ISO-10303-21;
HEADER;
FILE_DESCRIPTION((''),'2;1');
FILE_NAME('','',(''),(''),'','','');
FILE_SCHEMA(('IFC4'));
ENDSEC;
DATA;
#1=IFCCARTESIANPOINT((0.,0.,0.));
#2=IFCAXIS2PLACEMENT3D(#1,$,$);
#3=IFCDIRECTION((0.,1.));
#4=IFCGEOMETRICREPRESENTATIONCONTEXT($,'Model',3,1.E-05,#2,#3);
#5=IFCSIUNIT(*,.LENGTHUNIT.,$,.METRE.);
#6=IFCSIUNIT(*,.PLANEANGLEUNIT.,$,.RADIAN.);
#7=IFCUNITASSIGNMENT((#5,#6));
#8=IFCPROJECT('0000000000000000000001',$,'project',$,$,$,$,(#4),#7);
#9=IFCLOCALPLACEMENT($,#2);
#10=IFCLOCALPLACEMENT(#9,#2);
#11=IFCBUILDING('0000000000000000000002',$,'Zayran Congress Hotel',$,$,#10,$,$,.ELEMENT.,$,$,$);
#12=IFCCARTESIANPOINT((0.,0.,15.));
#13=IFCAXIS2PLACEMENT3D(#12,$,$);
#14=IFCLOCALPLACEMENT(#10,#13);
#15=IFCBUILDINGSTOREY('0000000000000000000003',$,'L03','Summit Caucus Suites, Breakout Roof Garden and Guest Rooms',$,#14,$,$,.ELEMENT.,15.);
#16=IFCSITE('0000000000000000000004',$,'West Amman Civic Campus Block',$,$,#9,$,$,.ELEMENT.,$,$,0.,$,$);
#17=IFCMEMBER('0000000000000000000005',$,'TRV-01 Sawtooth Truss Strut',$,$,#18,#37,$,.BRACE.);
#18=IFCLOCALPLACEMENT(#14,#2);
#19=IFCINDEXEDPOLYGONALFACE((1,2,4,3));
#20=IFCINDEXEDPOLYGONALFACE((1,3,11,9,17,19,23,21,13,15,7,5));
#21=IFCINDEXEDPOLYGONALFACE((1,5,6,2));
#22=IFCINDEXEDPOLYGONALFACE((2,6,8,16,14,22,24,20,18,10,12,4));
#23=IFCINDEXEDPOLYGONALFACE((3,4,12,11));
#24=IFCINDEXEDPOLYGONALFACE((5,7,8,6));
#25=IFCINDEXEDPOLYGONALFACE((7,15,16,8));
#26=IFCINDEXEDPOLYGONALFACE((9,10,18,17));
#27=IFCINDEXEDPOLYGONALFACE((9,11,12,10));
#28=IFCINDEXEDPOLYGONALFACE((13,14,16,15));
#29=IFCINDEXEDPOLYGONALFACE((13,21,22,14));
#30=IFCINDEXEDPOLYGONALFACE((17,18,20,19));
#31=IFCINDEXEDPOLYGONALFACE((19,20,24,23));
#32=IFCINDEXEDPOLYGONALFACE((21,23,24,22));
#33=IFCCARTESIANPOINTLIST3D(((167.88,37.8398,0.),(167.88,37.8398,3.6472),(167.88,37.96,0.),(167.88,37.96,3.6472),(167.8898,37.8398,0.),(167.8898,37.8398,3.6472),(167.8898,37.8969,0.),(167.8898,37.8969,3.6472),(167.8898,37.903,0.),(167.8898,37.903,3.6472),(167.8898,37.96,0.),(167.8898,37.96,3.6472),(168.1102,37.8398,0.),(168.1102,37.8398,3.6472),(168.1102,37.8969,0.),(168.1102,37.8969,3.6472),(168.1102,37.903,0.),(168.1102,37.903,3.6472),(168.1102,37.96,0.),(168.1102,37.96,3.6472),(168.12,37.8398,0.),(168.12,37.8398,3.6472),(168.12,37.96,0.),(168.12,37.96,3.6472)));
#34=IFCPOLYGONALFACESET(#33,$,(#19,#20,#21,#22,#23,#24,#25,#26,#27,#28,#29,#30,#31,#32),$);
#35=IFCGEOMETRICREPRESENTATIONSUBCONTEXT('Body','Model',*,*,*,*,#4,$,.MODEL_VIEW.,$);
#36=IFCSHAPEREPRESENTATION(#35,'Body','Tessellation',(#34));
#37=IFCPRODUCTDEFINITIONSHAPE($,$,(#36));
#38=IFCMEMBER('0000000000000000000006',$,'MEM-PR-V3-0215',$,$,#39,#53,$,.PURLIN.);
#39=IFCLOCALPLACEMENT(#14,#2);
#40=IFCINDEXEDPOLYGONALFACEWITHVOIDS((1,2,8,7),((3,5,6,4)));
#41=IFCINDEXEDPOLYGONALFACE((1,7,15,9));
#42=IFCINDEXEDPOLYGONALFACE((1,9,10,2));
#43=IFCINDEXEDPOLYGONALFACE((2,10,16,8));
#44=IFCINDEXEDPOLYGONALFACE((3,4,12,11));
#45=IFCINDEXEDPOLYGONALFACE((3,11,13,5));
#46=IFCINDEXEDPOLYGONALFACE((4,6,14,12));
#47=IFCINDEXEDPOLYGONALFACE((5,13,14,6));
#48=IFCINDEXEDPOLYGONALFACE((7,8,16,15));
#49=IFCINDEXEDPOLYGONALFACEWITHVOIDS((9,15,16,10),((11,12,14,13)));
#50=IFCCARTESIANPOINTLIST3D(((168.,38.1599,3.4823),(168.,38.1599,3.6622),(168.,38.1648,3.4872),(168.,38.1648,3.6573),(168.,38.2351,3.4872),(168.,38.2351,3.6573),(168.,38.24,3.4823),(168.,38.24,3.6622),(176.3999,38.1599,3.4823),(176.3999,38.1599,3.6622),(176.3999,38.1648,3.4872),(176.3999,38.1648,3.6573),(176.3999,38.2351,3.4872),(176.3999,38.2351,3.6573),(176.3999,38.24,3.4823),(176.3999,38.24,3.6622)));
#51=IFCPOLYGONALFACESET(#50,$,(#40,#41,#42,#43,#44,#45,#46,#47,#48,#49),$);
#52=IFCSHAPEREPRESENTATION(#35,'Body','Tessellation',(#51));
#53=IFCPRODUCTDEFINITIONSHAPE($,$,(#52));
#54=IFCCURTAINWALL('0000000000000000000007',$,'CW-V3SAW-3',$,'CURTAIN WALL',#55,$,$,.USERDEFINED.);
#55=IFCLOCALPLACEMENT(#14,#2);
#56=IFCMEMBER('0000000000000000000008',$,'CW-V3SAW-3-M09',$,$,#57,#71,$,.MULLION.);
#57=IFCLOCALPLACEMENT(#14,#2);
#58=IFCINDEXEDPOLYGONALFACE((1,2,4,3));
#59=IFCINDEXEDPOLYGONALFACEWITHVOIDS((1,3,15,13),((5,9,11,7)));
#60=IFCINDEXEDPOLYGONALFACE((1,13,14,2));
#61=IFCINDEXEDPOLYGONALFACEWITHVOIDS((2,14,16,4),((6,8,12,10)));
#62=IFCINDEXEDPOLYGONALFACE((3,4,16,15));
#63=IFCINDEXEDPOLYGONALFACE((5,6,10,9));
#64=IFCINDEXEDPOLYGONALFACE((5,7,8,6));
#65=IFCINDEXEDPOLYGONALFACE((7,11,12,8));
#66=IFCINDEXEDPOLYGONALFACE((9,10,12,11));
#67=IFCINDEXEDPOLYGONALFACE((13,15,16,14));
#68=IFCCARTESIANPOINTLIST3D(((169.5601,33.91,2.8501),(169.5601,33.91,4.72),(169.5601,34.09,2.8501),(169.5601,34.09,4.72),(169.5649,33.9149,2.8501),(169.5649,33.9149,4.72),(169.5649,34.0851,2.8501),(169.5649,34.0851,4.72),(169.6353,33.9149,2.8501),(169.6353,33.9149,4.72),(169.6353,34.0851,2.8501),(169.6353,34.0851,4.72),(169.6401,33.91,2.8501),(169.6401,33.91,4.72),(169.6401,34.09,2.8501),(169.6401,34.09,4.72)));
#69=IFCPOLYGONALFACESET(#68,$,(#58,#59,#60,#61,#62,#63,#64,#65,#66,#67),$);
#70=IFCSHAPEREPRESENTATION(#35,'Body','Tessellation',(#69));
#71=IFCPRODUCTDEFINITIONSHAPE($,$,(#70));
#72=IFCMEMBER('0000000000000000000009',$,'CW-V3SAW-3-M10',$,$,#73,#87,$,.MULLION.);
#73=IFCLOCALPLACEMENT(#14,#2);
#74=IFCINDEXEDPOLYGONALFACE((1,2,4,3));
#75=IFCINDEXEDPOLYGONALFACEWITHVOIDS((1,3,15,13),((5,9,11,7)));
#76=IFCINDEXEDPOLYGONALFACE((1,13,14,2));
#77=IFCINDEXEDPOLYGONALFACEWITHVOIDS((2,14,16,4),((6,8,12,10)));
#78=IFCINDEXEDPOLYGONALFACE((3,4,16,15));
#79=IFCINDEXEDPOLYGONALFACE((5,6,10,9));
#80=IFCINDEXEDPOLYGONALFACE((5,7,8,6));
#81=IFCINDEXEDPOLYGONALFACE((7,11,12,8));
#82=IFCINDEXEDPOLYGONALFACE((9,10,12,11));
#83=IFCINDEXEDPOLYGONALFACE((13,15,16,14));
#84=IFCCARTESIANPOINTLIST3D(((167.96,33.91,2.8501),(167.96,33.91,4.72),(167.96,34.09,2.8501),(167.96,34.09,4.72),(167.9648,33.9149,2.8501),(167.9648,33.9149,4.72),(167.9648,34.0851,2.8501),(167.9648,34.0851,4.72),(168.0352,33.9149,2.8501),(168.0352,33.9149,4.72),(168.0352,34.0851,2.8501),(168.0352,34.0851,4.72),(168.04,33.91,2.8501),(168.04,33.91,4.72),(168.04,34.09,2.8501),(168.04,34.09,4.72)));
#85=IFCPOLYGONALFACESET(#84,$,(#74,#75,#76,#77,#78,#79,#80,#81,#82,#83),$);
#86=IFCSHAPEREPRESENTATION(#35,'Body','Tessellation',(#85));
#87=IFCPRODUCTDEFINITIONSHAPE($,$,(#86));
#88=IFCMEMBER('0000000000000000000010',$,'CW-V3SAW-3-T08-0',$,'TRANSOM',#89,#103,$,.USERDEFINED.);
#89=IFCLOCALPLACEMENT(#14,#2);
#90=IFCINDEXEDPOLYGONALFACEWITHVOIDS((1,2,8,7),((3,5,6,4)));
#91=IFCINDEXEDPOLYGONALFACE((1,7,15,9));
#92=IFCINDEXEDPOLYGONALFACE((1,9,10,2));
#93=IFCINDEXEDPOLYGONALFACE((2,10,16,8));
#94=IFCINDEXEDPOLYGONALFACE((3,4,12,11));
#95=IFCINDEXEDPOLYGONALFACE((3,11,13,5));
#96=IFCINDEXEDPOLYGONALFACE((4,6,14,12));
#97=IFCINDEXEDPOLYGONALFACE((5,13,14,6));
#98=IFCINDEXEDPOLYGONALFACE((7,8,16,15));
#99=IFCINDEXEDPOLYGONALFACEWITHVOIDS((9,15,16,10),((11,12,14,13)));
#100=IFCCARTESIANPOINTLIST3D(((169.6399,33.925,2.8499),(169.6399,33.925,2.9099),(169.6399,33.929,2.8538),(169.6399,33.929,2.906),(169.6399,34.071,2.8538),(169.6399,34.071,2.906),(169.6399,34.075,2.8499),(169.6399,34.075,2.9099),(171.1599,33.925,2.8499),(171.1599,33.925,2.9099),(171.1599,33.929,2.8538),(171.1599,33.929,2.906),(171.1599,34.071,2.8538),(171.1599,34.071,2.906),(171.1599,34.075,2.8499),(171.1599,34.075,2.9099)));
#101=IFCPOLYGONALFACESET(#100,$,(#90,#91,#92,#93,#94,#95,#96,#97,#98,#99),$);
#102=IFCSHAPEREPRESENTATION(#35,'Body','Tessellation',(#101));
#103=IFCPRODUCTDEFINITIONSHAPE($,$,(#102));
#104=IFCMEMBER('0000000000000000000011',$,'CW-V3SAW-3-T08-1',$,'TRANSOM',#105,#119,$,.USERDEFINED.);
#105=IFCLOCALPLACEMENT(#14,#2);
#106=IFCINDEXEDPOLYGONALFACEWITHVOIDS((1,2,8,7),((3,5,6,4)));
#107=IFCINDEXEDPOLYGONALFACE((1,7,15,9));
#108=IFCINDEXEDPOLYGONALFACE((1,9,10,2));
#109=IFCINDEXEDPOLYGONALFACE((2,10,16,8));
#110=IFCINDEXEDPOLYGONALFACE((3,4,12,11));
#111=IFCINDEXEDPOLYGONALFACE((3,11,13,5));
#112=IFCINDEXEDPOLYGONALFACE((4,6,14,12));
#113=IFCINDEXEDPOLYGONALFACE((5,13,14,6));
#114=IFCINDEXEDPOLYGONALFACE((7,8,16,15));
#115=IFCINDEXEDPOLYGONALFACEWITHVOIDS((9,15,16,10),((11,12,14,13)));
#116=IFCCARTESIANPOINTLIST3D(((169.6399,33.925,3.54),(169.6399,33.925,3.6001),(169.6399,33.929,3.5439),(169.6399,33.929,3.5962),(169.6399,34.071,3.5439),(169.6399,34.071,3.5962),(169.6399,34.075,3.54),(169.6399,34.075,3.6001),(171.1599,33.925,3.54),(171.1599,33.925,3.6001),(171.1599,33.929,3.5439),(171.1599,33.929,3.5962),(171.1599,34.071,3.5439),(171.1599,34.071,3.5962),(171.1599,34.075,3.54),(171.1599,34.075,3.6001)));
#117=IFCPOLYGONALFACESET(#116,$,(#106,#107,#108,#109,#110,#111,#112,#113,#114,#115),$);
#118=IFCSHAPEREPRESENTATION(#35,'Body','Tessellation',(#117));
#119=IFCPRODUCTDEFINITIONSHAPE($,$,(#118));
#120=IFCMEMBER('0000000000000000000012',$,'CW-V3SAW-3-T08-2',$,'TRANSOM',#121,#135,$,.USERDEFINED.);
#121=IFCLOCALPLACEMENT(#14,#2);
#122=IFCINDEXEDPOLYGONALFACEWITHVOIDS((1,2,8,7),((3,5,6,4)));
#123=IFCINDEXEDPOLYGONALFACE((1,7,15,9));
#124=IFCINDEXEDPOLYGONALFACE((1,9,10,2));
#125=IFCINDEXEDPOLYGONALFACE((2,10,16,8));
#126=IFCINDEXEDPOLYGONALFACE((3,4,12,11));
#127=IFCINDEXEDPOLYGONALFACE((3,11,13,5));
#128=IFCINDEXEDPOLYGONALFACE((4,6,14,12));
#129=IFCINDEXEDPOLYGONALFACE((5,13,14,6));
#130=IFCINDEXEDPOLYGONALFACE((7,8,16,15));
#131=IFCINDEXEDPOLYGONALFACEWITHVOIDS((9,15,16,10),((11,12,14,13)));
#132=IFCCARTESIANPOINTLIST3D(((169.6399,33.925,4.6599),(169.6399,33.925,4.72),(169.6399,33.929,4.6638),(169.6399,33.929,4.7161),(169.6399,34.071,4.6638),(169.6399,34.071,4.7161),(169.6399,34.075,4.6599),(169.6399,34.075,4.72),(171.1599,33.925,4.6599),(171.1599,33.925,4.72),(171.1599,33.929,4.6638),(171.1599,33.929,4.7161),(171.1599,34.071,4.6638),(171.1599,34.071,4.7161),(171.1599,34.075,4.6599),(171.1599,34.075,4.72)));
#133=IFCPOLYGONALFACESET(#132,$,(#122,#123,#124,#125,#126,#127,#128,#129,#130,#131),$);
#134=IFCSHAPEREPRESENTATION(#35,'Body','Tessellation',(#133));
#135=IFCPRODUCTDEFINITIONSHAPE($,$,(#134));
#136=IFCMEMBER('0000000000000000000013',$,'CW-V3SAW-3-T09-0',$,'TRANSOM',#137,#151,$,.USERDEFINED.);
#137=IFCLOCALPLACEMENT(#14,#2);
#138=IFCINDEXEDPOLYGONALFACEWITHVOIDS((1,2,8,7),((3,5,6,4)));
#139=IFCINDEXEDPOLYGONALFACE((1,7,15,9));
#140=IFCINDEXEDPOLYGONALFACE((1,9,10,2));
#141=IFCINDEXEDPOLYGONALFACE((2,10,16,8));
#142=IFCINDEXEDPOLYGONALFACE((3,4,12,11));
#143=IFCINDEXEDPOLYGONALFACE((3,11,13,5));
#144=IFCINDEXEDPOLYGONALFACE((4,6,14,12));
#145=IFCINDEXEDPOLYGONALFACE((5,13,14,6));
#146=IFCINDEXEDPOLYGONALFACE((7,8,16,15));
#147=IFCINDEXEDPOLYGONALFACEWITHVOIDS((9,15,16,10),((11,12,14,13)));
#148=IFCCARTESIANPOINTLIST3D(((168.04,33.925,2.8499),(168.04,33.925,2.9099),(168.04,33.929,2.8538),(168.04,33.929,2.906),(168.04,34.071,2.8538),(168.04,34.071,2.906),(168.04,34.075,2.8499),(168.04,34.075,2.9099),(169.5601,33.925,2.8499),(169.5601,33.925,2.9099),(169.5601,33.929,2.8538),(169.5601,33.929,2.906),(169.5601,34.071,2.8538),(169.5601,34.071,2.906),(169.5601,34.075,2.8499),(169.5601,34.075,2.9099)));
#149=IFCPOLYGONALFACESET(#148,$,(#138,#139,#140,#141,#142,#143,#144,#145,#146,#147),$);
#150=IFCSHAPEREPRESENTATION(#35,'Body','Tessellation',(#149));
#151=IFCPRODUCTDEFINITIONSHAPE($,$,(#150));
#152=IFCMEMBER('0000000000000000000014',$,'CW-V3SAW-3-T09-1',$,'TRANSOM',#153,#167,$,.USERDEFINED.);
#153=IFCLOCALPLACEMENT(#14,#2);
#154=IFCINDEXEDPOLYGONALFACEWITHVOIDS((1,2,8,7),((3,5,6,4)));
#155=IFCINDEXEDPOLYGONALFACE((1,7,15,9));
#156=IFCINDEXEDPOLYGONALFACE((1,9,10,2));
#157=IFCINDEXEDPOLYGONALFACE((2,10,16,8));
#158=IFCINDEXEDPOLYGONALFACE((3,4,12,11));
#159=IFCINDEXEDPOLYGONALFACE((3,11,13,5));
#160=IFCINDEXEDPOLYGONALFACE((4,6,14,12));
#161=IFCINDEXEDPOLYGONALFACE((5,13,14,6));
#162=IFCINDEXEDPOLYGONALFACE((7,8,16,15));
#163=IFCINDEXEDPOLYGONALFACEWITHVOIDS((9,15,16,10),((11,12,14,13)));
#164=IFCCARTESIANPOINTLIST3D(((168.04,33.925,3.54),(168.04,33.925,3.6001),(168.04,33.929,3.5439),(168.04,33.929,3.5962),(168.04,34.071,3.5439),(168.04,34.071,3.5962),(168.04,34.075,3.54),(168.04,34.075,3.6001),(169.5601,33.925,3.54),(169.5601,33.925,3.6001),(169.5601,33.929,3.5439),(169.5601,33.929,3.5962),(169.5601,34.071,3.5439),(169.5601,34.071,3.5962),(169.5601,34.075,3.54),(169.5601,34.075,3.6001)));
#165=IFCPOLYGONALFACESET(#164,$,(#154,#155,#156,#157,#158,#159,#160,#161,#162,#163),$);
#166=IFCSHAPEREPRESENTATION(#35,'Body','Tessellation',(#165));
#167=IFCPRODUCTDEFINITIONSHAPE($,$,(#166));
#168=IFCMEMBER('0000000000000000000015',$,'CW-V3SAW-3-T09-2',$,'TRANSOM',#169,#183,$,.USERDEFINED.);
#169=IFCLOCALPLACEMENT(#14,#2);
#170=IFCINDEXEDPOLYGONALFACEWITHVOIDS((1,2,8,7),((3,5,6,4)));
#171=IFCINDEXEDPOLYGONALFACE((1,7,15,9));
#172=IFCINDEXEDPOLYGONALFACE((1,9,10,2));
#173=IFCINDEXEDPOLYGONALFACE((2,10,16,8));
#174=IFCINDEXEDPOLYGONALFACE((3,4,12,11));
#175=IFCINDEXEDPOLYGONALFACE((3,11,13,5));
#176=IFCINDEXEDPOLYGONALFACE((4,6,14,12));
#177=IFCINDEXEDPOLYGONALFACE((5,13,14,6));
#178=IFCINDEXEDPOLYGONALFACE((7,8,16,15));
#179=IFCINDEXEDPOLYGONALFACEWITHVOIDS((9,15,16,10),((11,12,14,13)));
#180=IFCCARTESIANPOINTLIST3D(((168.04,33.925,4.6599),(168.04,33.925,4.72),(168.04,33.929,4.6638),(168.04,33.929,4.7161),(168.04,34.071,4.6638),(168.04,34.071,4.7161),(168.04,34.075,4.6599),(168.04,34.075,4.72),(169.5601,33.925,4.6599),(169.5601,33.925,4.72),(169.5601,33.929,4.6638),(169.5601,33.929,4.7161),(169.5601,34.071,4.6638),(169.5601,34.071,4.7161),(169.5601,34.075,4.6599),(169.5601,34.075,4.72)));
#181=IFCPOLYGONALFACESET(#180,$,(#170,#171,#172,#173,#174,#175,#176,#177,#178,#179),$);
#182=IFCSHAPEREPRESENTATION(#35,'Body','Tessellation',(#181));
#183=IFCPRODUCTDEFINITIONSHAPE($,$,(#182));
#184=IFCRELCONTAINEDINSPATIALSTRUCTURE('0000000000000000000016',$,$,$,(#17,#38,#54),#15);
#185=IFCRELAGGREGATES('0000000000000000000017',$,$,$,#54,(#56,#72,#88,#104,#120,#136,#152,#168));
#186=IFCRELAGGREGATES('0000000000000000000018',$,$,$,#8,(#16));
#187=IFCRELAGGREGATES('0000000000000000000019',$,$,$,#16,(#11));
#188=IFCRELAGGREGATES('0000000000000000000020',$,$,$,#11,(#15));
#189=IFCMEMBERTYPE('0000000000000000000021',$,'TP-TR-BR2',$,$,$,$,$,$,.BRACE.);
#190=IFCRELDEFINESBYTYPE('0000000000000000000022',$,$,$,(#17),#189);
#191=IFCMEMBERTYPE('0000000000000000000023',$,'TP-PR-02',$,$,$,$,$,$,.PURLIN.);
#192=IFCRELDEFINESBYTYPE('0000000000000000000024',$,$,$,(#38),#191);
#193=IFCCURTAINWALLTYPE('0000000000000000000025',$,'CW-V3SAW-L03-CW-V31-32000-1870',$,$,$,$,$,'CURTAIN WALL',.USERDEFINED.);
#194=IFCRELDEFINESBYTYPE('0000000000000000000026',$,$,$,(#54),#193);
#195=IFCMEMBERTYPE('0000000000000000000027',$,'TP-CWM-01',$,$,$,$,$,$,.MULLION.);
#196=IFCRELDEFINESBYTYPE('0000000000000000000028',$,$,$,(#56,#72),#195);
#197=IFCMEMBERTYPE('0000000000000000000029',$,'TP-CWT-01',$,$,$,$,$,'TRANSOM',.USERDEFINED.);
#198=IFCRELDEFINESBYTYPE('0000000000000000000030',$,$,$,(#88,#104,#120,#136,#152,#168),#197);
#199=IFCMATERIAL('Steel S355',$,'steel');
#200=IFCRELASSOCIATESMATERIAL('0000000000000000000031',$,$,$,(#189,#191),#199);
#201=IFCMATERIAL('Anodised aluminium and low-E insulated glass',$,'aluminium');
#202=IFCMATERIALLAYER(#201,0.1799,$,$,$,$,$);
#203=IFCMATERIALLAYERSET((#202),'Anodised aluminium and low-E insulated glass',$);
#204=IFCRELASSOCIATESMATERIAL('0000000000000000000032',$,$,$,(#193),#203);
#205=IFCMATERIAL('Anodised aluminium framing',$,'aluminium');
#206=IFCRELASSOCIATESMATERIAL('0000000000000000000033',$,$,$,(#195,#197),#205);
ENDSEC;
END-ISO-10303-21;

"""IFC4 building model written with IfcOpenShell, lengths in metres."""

from ifc_helpers import new_model, si_unit, direction, frame, origin, origin_2d, place, context, subcontext, project, spatial, hollow_rectangle, i_section, extrude, material, layer, layer_set, material_profile, profile_set, type_object, element, aggregate, save


model = new_model("IFC4")

# Units and contexts
model_context = context("Model", 3, precision=1e-05, world=origin(), true_north=direction((0.0, 1.0)))
body_context = subcontext(model_context, "Body", "Model", "MODEL_VIEW")
ifc_project = project(units=[si_unit("LENGTHUNIT", "METRE"), si_unit("PLANEANGLEUNIT", "RADIAN")], contexts=[model_context])

# Site, building, storey
site_placement = place(None, origin())
site = spatial("IfcSite", under=ifc_project, at=site_placement, Name="West Amman Civic Campus Block", CompositionType="ELEMENT", RefElevation=0.0)
building_placement = place(site_placement, origin())
building = spatial("IfcBuilding", under=site, at=building_placement, Name="Zayran Congress Hotel", CompositionType="ELEMENT")
storey_placement = place(building_placement, frame((0.0, 0.0, 15.0)))
storey = spatial("IfcBuildingStorey", under=building, at=storey_placement, Name="L03", Description="Summit Caucus Suites, Breakout Roof Garden and Guest Rooms", CompositionType="ELEMENT", Elevation=15.0)

# Shared definitions
ifc_material_1 = material(Name="Steel S355", Category="steel")

# Members
ifc_material_profile_1 = material_profile(ifc_material_1, i_section(OverallWidth=0.1201, OverallDepth=0.24, WebThickness=0.0061, FlangeThickness=0.0098, at=origin_2d()), Name="IPE 240")
ifc_profile_set_1 = profile_set([ifc_material_profile_1], Name="Steel S355")
member_type_1 = type_object("IfcMemberType", Name="TP-TR-BR2", PredefinedType="BRACE", material=ifc_profile_set_1)
member_1_placement = place(storey_placement, frame((168.0, 37.8999, 0.0), z_axis=(0.0, 0.0, 1.0), x_axis=(0.0, 1.0, 0.0)))
element("IfcMember", 1, at=member_1_placement, inside=storey, type_object=member_type_1, Name="TRV-01 Sawtooth Truss Strut", PredefinedType="BRACE", context=body_context, shape_type="SweptSolid", body=[
    extrude(i_section(OverallWidth=0.1201, OverallDepth=0.24, WebThickness=0.0061, FlangeThickness=0.0098, at=origin_2d()), origin(), (0.0, 0.0, 1.0), 3.6472),
])
ifc_material_profile_2 = material_profile(ifc_material_1, hollow_rectangle(XDim=0.0801, YDim=0.1799, WallThickness=0.0049, at=origin_2d()), Name="RHS 180x80x5")
ifc_profile_set_2 = profile_set([ifc_material_profile_2], Name="Steel S355")
member_type_2 = type_object("IfcMemberType", Name="TP-PR-02", PredefinedType="PURLIN", material=ifc_profile_set_2)
member_2_placement = place(storey_placement, frame((168.0, 38.2, 3.5723), z_axis=(1.0, 0.0, 0.0), x_axis=(0.0, 1.0, 0.0)))
element("IfcMember", 2, at=member_2_placement, inside=storey, type_object=member_type_2, Name="MEM-PR-V3-0215", PredefinedType="PURLIN", context=body_context, shape_type="SweptSolid", body=[
    extrude(hollow_rectangle(XDim=0.0801, YDim=0.1799, WallThickness=0.0049, at=origin_2d()), origin(), (0.0, 0.0, 1.0), 8.3999),
])

# Curtain wall, members
ifc_material_2 = material(Name="Anodised aluminium and low-E insulated glass", Category="aluminium")
ifc_layer_1 = layer(ifc_material_2, 0.1799)
ifc_layer_set_1 = layer_set([ifc_layer_1], Name="Anodised aluminium and low-E insulated glass")
curtain_wall_type = type_object("IfcCurtainWallType", Name="CW-V3SAW-L03-CW-V31-32000-1870", ElementType="CURTAIN WALL", PredefinedType="USERDEFINED", material=ifc_layer_set_1)
curtain_wall_placement = place(storey_placement, origin())
curtain_wall = element("IfcCurtainWall", 3, at=curtain_wall_placement, inside=storey, type_object=curtain_wall_type, Name="CW-V3SAW-3", ObjectType="CURTAIN WALL", PredefinedType="USERDEFINED")
ifc_material_3 = material(Name="Anodised aluminium framing", Category="aluminium")
ifc_material_profile_3 = material_profile(ifc_material_3, hollow_rectangle(XDim=0.0801, YDim=0.1799, WallThickness=0.0049, at=origin_2d()), Name="RHS 180x80x5")
ifc_profile_set_3 = profile_set([ifc_material_profile_3], Name="Anodised aluminium framing")
member_type_3 = type_object("IfcMemberType", Name="TP-CWM-01", PredefinedType="MULLION", material=ifc_profile_set_3)
member_3_placement = place(storey_placement, frame((169.6001, 34.0, 2.8501), z_axis=(0.0, 0.0, 1.0), x_axis=(1.0, 0.0, 0.0)))
member_3 = element("IfcMember", 4, at=member_3_placement, type_object=member_type_3, Name="CW-V3SAW-3-M09", PredefinedType="MULLION", context=body_context, shape_type="SweptSolid", body=[
    extrude(hollow_rectangle(XDim=0.0801, YDim=0.1799, WallThickness=0.0049, at=origin_2d()), origin(), (0.0, 0.0, 1.0), 1.8699),
])
member_4_placement = place(storey_placement, frame((168.0, 34.0, 2.8501), z_axis=(0.0, 0.0, 1.0), x_axis=(1.0, 0.0, 0.0)))
member_4 = element("IfcMember", 5, at=member_4_placement, type_object=member_type_3, Name="CW-V3SAW-3-M10", PredefinedType="MULLION", context=body_context, shape_type="SweptSolid", body=[
    extrude(hollow_rectangle(XDim=0.0801, YDim=0.1799, WallThickness=0.0049, at=origin_2d()), origin(), (0.0, 0.0, 1.0), 1.8699),
])
ifc_material_profile_4 = material_profile(ifc_material_3, hollow_rectangle(XDim=0.0601, YDim=0.1499, WallThickness=0.0039, at=origin_2d()), Name="RHS 150x60x4")
ifc_profile_set_4 = profile_set([ifc_material_profile_4], Name="Anodised aluminium framing")
member_type_4 = type_object("IfcMemberType", Name="TP-CWT-01", ElementType="TRANSOM", PredefinedType="USERDEFINED", material=ifc_profile_set_4)
member_5_placement = place(storey_placement, frame((171.1599, 34.0, 2.8799), z_axis=(-1.0, 0.0, 0.0), x_axis=(0.0, 0.0, 1.0)))
member_5 = element("IfcMember", 6, at=member_5_placement, type_object=member_type_4, Name="CW-V3SAW-3-T08-0", ObjectType="TRANSOM", PredefinedType="USERDEFINED", context=body_context, shape_type="SweptSolid", body=[
    extrude(hollow_rectangle(XDim=0.0601, YDim=0.1499, WallThickness=0.0039, at=origin_2d()), origin(), (0.0, 0.0, 1.0), 1.52),
])
member_6_placement = place(storey_placement, frame((171.1599, 34.0, 3.5701), z_axis=(-1.0, 0.0, 0.0), x_axis=(0.0, 0.0, 1.0)))
member_6 = element("IfcMember", 7, at=member_6_placement, type_object=member_type_4, Name="CW-V3SAW-3-T08-1", ObjectType="TRANSOM", PredefinedType="USERDEFINED", context=body_context, shape_type="SweptSolid", body=[
    extrude(hollow_rectangle(XDim=0.0601, YDim=0.1499, WallThickness=0.0039, at=origin_2d()), origin(), (0.0, 0.0, 1.0), 1.52),
])
member_7_placement = place(storey_placement, frame((171.1599, 34.0, 4.6899), z_axis=(-1.0, 0.0, 0.0), x_axis=(0.0, 0.0, 1.0)))
member_7 = element("IfcMember", 8, at=member_7_placement, type_object=member_type_4, Name="CW-V3SAW-3-T08-2", ObjectType="TRANSOM", PredefinedType="USERDEFINED", context=body_context, shape_type="SweptSolid", body=[
    extrude(hollow_rectangle(XDim=0.0601, YDim=0.1499, WallThickness=0.0039, at=origin_2d()), origin(), (0.0, 0.0, 1.0), 1.52),
])
member_8_placement = place(storey_placement, frame((169.5601, 34.0, 2.8799), z_axis=(-1.0, 0.0, 0.0), x_axis=(0.0, 0.0, 1.0)))
member_8 = element("IfcMember", 9, at=member_8_placement, type_object=member_type_4, Name="CW-V3SAW-3-T09-0", ObjectType="TRANSOM", PredefinedType="USERDEFINED", context=body_context, shape_type="SweptSolid", body=[
    extrude(hollow_rectangle(XDim=0.0601, YDim=0.1499, WallThickness=0.0039, at=origin_2d()), origin(), (0.0, 0.0, 1.0), 1.52),
])
member_9_placement = place(storey_placement, frame((169.5601, 34.0, 3.5701), z_axis=(-1.0, 0.0, 0.0), x_axis=(0.0, 0.0, 1.0)))
member_9 = element("IfcMember", 10, at=member_9_placement, type_object=member_type_4, Name="CW-V3SAW-3-T09-1", ObjectType="TRANSOM", PredefinedType="USERDEFINED", context=body_context, shape_type="SweptSolid", body=[
    extrude(hollow_rectangle(XDim=0.0601, YDim=0.1499, WallThickness=0.0039, at=origin_2d()), origin(), (0.0, 0.0, 1.0), 1.52),
])
member_10_placement = place(storey_placement, frame((169.5601, 34.0, 4.6899), z_axis=(-1.0, 0.0, 0.0), x_axis=(0.0, 0.0, 1.0)))
member_10 = element("IfcMember", 11, at=member_10_placement, type_object=member_type_4, Name="CW-V3SAW-3-T09-2", ObjectType="TRANSOM", PredefinedType="USERDEFINED", context=body_context, shape_type="SweptSolid", body=[
    extrude(hollow_rectangle(XDim=0.0601, YDim=0.1499, WallThickness=0.0039, at=origin_2d()), origin(), (0.0, 0.0, 1.0), 1.52),
])

aggregate(curtain_wall, [member_3, member_4, member_5, member_6, member_7, member_8, member_9, member_10])

save(model, "model.ifc")
